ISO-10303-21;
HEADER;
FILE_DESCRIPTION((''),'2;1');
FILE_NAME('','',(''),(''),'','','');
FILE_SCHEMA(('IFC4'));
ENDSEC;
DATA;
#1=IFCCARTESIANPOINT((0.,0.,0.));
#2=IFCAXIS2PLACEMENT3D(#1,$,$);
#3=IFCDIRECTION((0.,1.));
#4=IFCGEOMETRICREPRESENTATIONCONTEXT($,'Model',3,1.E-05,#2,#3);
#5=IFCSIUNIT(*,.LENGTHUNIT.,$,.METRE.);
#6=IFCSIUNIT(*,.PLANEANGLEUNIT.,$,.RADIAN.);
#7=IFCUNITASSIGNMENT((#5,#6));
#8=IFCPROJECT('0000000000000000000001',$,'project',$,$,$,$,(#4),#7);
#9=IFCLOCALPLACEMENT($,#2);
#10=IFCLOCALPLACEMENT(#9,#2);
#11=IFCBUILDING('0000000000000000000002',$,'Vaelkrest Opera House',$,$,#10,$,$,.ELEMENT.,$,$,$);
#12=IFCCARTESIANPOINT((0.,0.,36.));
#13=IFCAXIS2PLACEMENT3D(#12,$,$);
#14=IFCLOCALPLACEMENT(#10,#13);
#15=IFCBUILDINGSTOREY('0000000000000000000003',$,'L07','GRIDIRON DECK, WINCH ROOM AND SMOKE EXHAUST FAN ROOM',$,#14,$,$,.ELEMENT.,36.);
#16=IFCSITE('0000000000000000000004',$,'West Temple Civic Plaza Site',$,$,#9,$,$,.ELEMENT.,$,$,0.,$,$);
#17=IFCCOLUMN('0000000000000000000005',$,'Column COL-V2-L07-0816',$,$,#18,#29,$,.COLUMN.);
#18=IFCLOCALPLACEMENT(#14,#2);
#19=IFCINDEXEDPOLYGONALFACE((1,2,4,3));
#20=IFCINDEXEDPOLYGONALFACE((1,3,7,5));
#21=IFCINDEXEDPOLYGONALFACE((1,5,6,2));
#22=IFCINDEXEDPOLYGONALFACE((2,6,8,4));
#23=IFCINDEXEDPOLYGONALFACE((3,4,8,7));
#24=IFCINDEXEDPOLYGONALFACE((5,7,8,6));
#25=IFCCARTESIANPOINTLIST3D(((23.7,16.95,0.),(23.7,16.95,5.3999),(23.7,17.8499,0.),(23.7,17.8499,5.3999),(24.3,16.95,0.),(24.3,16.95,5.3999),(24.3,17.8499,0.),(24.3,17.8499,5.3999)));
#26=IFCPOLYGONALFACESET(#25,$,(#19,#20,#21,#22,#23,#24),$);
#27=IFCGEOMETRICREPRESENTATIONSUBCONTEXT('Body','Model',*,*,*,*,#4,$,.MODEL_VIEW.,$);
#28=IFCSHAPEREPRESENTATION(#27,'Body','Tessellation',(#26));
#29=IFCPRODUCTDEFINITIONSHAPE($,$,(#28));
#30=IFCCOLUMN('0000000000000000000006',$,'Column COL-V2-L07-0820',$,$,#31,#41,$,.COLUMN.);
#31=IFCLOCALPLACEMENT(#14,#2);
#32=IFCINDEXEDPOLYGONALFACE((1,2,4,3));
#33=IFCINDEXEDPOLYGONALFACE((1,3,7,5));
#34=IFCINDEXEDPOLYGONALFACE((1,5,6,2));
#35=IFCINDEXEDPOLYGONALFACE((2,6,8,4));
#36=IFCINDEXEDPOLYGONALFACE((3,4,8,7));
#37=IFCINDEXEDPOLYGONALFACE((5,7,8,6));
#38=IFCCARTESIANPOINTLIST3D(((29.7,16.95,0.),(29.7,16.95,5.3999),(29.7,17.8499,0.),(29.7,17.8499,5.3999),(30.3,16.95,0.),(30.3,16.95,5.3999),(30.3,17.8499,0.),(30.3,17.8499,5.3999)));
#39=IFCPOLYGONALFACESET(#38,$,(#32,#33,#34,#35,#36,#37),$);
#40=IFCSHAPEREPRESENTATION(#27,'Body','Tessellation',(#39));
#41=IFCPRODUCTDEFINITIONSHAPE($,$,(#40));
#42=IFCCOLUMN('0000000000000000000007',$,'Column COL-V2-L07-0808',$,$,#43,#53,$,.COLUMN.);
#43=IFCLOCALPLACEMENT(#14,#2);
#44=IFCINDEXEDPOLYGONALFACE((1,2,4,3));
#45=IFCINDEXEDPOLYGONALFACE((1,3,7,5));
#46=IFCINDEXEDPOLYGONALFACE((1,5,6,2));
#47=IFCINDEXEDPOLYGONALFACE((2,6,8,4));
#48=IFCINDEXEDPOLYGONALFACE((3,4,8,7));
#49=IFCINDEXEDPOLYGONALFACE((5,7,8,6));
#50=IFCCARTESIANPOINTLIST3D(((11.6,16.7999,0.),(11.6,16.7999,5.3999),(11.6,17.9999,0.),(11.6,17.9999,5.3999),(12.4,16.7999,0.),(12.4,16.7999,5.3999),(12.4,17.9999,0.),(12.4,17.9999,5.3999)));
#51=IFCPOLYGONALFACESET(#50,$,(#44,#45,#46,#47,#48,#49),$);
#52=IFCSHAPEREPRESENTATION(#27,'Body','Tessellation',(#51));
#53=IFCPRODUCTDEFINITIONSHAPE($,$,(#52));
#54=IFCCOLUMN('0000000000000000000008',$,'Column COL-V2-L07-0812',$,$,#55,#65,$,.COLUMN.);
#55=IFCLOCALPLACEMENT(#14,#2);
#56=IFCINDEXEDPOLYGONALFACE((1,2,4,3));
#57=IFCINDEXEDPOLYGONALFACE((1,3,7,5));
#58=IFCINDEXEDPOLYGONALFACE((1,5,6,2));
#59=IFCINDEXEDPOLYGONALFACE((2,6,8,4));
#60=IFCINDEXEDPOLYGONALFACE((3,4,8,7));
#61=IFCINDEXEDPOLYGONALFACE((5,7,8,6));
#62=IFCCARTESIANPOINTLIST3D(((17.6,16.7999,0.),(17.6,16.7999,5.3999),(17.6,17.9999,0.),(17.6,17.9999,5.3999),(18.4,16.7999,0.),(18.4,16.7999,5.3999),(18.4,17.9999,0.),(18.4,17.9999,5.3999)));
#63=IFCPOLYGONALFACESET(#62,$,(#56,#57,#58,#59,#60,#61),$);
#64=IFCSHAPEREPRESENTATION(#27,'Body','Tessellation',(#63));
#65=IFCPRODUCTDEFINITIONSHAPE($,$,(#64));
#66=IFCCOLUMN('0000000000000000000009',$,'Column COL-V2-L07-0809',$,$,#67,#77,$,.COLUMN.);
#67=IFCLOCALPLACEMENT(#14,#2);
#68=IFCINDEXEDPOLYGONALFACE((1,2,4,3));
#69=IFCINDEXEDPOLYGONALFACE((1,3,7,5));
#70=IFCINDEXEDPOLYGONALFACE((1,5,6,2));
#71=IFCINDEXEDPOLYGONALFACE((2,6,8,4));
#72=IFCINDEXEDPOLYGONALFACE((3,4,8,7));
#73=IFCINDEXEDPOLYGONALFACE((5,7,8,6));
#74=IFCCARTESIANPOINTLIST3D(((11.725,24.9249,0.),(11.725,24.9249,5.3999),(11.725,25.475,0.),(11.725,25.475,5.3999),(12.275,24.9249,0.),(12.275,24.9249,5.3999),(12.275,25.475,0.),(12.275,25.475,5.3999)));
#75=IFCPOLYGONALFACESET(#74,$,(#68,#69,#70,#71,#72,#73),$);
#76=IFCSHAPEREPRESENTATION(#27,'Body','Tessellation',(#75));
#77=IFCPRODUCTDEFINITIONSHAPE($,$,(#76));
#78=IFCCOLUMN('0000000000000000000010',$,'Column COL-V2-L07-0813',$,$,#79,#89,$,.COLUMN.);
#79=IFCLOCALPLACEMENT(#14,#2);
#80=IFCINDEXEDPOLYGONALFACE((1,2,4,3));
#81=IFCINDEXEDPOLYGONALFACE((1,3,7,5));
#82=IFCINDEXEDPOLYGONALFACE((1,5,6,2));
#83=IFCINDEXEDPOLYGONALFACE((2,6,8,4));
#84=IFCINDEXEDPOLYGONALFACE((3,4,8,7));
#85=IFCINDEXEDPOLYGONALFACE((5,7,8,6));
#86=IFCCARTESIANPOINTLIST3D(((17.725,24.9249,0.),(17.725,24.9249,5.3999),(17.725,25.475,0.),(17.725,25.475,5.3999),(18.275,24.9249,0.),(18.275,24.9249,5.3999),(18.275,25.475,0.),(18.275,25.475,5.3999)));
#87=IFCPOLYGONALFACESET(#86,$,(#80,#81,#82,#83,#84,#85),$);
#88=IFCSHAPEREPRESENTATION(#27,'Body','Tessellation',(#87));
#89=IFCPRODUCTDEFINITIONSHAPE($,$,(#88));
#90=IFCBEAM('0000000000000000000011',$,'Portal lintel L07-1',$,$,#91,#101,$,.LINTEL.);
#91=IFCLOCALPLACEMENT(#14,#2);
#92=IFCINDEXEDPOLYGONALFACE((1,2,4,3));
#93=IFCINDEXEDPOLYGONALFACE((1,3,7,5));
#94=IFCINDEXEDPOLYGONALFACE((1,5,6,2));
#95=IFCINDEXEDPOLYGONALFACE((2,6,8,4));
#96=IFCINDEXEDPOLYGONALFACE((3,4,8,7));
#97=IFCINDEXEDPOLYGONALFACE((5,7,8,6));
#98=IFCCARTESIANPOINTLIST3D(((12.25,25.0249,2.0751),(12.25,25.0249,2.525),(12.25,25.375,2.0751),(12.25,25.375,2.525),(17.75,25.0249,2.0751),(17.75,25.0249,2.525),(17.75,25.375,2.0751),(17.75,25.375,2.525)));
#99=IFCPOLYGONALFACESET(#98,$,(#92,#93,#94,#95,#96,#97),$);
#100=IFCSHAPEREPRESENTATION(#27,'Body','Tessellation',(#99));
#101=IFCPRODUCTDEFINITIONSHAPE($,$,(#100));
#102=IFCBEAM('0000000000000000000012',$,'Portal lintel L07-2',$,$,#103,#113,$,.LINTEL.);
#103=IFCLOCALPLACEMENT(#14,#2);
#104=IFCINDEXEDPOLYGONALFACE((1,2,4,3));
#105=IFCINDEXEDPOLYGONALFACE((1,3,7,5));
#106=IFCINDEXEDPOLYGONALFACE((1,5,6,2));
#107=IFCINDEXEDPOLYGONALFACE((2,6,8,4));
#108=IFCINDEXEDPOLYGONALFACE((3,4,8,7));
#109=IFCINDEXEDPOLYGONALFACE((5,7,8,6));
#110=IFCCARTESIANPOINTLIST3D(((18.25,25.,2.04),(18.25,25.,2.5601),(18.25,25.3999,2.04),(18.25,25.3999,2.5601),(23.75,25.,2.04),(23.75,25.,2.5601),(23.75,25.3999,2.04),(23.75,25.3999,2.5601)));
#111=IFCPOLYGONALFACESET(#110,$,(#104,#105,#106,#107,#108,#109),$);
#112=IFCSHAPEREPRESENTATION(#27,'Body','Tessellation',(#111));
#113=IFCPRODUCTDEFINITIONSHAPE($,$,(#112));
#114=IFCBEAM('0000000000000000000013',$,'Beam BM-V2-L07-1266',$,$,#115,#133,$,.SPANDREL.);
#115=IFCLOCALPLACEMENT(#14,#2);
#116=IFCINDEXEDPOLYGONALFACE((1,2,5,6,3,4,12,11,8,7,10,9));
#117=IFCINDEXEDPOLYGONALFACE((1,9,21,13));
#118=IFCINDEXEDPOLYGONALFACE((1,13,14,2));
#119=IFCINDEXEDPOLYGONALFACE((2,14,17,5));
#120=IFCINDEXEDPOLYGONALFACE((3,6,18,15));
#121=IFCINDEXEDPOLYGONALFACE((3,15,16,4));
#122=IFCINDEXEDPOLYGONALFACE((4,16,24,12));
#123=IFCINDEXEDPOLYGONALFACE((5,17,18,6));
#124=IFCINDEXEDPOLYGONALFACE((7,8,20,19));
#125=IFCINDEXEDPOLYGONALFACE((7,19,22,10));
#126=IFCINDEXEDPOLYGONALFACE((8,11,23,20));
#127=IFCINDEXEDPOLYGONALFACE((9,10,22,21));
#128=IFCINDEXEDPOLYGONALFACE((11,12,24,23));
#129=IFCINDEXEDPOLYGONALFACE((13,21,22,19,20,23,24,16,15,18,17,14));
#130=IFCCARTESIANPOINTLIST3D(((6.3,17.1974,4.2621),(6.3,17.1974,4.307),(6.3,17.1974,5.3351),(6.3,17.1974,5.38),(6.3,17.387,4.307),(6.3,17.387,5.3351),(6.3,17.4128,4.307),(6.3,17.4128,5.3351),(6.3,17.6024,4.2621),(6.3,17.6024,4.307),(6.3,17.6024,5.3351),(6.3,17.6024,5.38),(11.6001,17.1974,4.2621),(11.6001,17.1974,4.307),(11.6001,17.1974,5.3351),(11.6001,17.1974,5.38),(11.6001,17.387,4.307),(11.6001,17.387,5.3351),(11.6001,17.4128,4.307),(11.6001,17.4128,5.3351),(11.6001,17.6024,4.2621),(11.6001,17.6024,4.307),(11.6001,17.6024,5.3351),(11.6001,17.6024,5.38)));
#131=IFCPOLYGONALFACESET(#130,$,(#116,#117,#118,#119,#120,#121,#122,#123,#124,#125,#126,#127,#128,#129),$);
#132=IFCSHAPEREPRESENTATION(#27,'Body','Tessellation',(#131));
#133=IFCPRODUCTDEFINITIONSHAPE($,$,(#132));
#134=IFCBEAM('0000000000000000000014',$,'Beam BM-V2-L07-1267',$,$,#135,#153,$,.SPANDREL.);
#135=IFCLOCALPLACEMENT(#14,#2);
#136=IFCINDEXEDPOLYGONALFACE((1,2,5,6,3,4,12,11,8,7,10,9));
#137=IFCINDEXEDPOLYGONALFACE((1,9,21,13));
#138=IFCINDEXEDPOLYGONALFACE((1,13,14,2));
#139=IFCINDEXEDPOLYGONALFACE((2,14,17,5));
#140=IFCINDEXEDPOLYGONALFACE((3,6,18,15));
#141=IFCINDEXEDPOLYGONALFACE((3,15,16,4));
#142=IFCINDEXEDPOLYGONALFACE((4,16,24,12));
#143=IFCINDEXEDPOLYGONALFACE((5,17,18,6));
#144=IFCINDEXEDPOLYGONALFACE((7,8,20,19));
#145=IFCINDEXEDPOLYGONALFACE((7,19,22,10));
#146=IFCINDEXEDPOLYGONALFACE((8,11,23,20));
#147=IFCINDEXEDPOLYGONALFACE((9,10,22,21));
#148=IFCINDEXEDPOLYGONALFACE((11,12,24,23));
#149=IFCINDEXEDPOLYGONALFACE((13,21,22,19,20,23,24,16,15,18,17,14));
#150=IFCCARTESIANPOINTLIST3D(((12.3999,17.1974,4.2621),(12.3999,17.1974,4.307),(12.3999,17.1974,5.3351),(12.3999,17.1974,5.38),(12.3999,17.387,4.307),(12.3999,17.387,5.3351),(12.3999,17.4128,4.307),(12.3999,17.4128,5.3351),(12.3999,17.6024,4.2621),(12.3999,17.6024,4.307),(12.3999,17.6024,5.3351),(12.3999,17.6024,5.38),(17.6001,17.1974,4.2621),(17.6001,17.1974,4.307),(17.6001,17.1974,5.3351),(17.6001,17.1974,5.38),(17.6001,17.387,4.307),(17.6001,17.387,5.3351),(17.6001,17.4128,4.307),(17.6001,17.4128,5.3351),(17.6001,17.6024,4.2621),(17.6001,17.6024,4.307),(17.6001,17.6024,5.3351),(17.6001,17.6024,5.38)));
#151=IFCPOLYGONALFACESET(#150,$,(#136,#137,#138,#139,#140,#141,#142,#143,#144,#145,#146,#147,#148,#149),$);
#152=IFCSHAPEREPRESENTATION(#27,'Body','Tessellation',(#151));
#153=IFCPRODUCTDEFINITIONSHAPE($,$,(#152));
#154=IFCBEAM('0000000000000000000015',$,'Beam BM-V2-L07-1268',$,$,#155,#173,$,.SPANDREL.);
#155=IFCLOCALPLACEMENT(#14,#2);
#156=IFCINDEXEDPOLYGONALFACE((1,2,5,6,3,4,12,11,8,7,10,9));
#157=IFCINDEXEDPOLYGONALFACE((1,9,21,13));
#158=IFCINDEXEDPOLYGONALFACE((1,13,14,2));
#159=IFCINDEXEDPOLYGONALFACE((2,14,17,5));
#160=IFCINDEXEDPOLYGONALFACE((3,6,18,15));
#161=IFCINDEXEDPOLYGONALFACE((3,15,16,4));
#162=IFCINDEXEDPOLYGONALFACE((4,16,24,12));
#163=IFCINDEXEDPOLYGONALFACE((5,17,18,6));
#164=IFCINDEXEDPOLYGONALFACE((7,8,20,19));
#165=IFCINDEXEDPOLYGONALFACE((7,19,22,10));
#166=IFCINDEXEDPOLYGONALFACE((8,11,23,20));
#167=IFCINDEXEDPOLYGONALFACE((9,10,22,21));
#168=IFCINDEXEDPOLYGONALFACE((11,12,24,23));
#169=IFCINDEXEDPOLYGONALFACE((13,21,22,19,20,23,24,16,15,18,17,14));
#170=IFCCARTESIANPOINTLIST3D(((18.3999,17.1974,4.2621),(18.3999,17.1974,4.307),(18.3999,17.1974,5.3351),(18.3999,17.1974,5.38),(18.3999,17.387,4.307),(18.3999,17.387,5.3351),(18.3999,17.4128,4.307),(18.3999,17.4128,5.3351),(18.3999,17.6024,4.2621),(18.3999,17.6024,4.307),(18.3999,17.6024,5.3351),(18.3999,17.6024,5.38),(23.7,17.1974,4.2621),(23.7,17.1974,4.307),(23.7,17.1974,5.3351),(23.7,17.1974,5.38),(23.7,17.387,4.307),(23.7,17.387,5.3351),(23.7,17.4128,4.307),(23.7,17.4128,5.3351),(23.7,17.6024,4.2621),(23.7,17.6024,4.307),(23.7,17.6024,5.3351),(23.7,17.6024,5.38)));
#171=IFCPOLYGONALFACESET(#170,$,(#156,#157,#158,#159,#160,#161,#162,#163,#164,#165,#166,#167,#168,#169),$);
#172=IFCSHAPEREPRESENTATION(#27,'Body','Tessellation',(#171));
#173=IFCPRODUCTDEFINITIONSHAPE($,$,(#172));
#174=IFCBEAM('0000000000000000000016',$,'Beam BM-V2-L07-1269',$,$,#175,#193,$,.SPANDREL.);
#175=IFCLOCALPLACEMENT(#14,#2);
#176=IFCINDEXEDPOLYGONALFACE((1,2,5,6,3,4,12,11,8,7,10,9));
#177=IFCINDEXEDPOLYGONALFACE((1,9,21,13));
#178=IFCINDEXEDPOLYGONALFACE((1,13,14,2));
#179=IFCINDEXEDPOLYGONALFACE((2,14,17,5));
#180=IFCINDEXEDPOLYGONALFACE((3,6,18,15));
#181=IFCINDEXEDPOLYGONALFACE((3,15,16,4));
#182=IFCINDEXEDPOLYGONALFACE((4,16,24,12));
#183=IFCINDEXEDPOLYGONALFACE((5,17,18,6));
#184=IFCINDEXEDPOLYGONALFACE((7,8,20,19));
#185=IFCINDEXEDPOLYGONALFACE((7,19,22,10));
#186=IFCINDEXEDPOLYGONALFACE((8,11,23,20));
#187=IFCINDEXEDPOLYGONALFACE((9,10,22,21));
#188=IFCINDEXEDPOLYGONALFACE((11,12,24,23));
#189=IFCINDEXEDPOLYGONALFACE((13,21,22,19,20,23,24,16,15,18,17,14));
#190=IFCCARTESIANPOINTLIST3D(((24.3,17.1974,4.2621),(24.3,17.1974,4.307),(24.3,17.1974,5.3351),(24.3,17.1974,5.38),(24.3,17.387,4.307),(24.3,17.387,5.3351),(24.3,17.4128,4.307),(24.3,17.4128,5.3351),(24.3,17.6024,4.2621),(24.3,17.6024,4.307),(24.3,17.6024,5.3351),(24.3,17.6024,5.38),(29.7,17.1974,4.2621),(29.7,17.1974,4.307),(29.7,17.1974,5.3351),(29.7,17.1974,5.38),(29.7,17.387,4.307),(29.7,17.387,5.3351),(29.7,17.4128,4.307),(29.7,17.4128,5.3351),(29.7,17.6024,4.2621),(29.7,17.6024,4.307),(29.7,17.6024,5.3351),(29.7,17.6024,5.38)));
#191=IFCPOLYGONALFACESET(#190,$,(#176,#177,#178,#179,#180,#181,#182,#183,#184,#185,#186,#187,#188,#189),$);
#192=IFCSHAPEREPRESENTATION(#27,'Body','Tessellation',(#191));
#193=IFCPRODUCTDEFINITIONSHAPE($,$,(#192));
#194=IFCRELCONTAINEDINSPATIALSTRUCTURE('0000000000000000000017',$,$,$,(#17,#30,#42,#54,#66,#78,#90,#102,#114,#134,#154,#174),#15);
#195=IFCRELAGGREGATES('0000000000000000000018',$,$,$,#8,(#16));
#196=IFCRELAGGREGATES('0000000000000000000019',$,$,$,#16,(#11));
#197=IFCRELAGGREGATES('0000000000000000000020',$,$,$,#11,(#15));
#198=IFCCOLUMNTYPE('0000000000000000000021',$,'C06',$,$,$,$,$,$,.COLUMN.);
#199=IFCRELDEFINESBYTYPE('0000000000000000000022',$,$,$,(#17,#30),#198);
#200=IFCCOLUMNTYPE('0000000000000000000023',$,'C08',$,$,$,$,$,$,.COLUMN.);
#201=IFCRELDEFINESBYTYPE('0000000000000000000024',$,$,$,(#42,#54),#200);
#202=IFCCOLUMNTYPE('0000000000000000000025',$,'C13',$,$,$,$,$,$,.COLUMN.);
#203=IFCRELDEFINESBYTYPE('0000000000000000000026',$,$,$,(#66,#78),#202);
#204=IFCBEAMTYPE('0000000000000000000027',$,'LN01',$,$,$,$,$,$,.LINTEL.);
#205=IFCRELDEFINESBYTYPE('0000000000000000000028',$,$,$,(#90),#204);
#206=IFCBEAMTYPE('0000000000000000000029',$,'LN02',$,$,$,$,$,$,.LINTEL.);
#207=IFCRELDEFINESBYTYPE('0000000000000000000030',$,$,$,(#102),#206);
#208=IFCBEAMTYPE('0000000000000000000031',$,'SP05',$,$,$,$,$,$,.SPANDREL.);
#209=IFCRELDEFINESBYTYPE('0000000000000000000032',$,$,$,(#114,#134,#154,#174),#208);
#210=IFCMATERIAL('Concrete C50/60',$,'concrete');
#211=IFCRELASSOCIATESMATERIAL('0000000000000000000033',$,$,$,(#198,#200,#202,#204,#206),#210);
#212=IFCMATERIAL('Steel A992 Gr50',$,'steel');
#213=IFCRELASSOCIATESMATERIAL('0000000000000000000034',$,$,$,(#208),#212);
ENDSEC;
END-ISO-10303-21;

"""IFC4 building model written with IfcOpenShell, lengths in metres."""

from ifc_helpers import new_model, si_unit, direction, frame, origin, origin_2d, place, context, subcontext, project, spatial, rectangle, i_section, extrude, material, material_profile, profile_set, type_object, element, save


model = new_model("IFC4")

# Units and contexts
model_context = context("Model", 3, precision=1e-05, world=origin(), true_north=direction((0.0, 1.0)))
body_context = subcontext(model_context, "Body", "Model", "MODEL_VIEW")
ifc_project = project(units=[si_unit("LENGTHUNIT", "METRE"), si_unit("PLANEANGLEUNIT", "RADIAN")], contexts=[model_context])

# Site, building, storey
site_placement = place(None, origin())
site = spatial("IfcSite", under=ifc_project, at=site_placement, Name="West Temple Civic Plaza Site", CompositionType="ELEMENT", RefElevation=0.0)
building_placement = place(site_placement, origin())
building = spatial("IfcBuilding", under=site, at=building_placement, Name="Vaelkrest Opera House", CompositionType="ELEMENT")
storey_placement = place(building_placement, frame((0.0, 0.0, 36.0)))
storey = spatial("IfcBuildingStorey", under=building, at=storey_placement, Name="L07", Description="GRIDIRON DECK, WINCH ROOM AND SMOKE EXHAUST FAN ROOM", CompositionType="ELEMENT", Elevation=36.0)

# Columns
ifc_material_1 = material(Name="Concrete C50/60", Category="concrete")
ifc_material_profile_1 = material_profile(ifc_material_1, rectangle(XDim=0.6001, YDim=0.8999, at=origin_2d()), Name="RC600X900")
ifc_profile_set_1 = profile_set([ifc_material_profile_1], Name="Concrete C50/60")
column_type_1 = type_object("IfcColumnType", Name="C06", PredefinedType="COLUMN", material=ifc_profile_set_1)
for number, where, z_axis, x_axis, name in (
    (1, (24.0, 17.3999, 0.0), (0.0, 0.0, 1.0), (1.0, 0.0, 0.0), "Column COL-V2-L07-0816"),
    (2, (30.0, 17.3999, 0.0), (0.0, 0.0, 1.0), (1.0, 0.0, 0.0), "Column COL-V2-L07-0820"),
):
    element("IfcColumn", number, at=place(storey_placement, frame(where, z_axis=z_axis, x_axis=x_axis)), inside=storey, type_object=column_type_1, Name=name, PredefinedType="COLUMN", context=body_context, shape_type="SweptSolid", body=[
        extrude(rectangle(XDim=0.6001, YDim=0.8999, at=origin_2d()), origin(), (0.0, 0.0, 1.0), 5.3999),
    ])
ifc_material_profile_2 = material_profile(ifc_material_1, rectangle(XDim=0.8, YDim=1.2, at=origin_2d()), Name="RC800X1200")
ifc_profile_set_2 = profile_set([ifc_material_profile_2], Name="Concrete C50/60")
column_type_2 = type_object("IfcColumnType", Name="C08", PredefinedType="COLUMN", material=ifc_profile_set_2)
for number, where, z_axis, x_axis, name in (
    (3, (12.0, 17.3999, 0.0), (0.0, 0.0, 1.0), (1.0, 0.0, 0.0), "Column COL-V2-L07-0808"),
    (4, (18.0, 17.3999, 0.0), (0.0, 0.0, 1.0), (1.0, 0.0, 0.0), "Column COL-V2-L07-0812"),
):
    element("IfcColumn", number, at=place(storey_placement, frame(where, z_axis=z_axis, x_axis=x_axis)), inside=storey, type_object=column_type_2, Name=name, PredefinedType="COLUMN", context=body_context, shape_type="SweptSolid", body=[
        extrude(rectangle(XDim=0.8, YDim=1.2, at=origin_2d()), origin(), (0.0, 0.0, 1.0), 5.3999),
    ])
ifc_material_profile_3 = material_profile(ifc_material_1, rectangle(XDim=0.55, YDim=0.55, at=origin_2d()), Name="RC550X550")
ifc_profile_set_3 = profile_set([ifc_material_profile_3], Name="Concrete C50/60")
column_type_3 = type_object("IfcColumnType", Name="C13", PredefinedType="COLUMN", material=ifc_profile_set_3)
for number, where, z_axis, x_axis, name in (
    (5, (12.0, 25.2, 0.0), (0.0, 0.0, 1.0), (1.0, 0.0, 0.0), "Column COL-V2-L07-0809"),
    (6, (18.0, 25.2, 0.0), (0.0, 0.0, 1.0), (1.0, 0.0, 0.0), "Column COL-V2-L07-0813"),
):
    element("IfcColumn", number, at=place(storey_placement, frame(where, z_axis=z_axis, x_axis=x_axis)), inside=storey, type_object=column_type_3, Name=name, PredefinedType="COLUMN", context=body_context, shape_type="SweptSolid", body=[
        extrude(rectangle(XDim=0.55, YDim=0.55, at=origin_2d()), origin(), (0.0, 0.0, 1.0), 5.3999),
    ])

# Beams
ifc_material_profile_4 = material_profile(ifc_material_1, rectangle(XDim=0.3501, YDim=0.45, at=origin_2d()), Name="RCB350X450")
ifc_profile_set_4 = profile_set([ifc_material_profile_4], Name="Concrete C50/60")
beam_type_1 = type_object("IfcBeamType", Name="LN01", PredefinedType="LINTEL", material=ifc_profile_set_4)
beam_1_placement = place(storey_placement, frame((12.25, 25.2, 2.3), z_axis=(1.0, 0.0, 0.0), x_axis=(0.0, 1.0, 0.0)))
element("IfcBeam", 7, at=beam_1_placement, inside=storey, type_object=beam_type_1, Name="Portal lintel L07-1", PredefinedType="LINTEL", context=body_context, shape_type="SweptSolid", body=[
    extrude(rectangle(XDim=0.3501, YDim=0.45, at=origin_2d()), origin(), (0.0, 0.0, 1.0), 5.5),
])
ifc_material_profile_5 = material_profile(ifc_material_1, rectangle(XDim=0.3999, YDim=0.52, at=origin_2d()), Name="RCB400X520")
ifc_profile_set_5 = profile_set([ifc_material_profile_5], Name="Concrete C50/60")
beam_type_2 = type_object("IfcBeamType", Name="LN02", PredefinedType="LINTEL", material=ifc_profile_set_5)
beam_2_placement = place(storey_placement, frame((18.25, 25.2, 2.3), z_axis=(1.0, 0.0, 0.0), x_axis=(0.0, 1.0, 0.0)))
element("IfcBeam", 8, at=beam_2_placement, inside=storey, type_object=beam_type_2, Name="Portal lintel L07-2", PredefinedType="LINTEL", context=body_context, shape_type="SweptSolid", body=[
    extrude(rectangle(XDim=0.3999, YDim=0.52, at=origin_2d()), origin(), (0.0, 0.0, 1.0), 5.5),
])
ifc_material_2 = material(Name="Steel A992 Gr50", Category="steel")
ifc_material_profile_6 = material_profile(ifc_material_2, i_section(OverallWidth=0.405, OverallDepth=1.1179, WebThickness=0.0259, FlangeThickness=0.0449, at=origin_2d()), Name="W44X335")
ifc_profile_set_6 = profile_set([ifc_material_profile_6], Name="Steel A992 Gr50")
beam_type_3 = type_object("IfcBeamType", Name="SP05", PredefinedType="SPANDREL", material=ifc_profile_set_6)
beam_3_placement = place(storey_placement, frame((6.3, 17.3999, 4.821), z_axis=(1.0, 0.0, 0.0), x_axis=(0.0, 1.0, 0.0)))
element("IfcBeam", 9, at=beam_3_placement, inside=storey, type_object=beam_type_3, Name="Beam BM-V2-L07-1266", PredefinedType="SPANDREL", context=body_context, shape_type="SweptSolid", body=[
    extrude(i_section(OverallWidth=0.405, OverallDepth=1.1179, WebThickness=0.0259, FlangeThickness=0.0449, at=origin_2d()), origin(), (0.0, 0.0, 1.0), 5.3),
])
beam_4_placement = place(storey_placement, frame((12.3999, 17.3999, 4.821), z_axis=(1.0, 0.0, 0.0), x_axis=(0.0, 1.0, 0.0)))
element("IfcBeam", 10, at=beam_4_placement, inside=storey, type_object=beam_type_3, Name="Beam BM-V2-L07-1267", PredefinedType="SPANDREL", context=body_context, shape_type="SweptSolid", body=[
    extrude(i_section(OverallWidth=0.405, OverallDepth=1.1179, WebThickness=0.0259, FlangeThickness=0.0449, at=origin_2d()), origin(), (0.0, 0.0, 1.0), 5.2002),
])
beam_5_placement = place(storey_placement, frame((18.3999, 17.3999, 4.821), z_axis=(1.0, 0.0, 0.0), x_axis=(0.0, 1.0, 0.0)))
element("IfcBeam", 11, at=beam_5_placement, inside=storey, type_object=beam_type_3, Name="Beam BM-V2-L07-1268", PredefinedType="SPANDREL", context=body_context, shape_type="SweptSolid", body=[
    extrude(i_section(OverallWidth=0.405, OverallDepth=1.1179, WebThickness=0.0259, FlangeThickness=0.0449, at=origin_2d()), origin(), (0.0, 0.0, 1.0), 5.3),
])
beam_6_placement = place(storey_placement, frame((24.3, 17.3999, 4.821), z_axis=(1.0, 0.0, 0.0), x_axis=(0.0, 1.0, 0.0)))
element("IfcBeam", 12, at=beam_6_placement, inside=storey, type_object=beam_type_3, Name="Beam BM-V2-L07-1269", PredefinedType="SPANDREL", context=body_context, shape_type="SweptSolid", body=[
    extrude(i_section(OverallWidth=0.405, OverallDepth=1.1179, WebThickness=0.0259, FlangeThickness=0.0449, at=origin_2d()), origin(), (0.0, 0.0, 1.0), 5.3999),
])

save(model, "model.ifc")
